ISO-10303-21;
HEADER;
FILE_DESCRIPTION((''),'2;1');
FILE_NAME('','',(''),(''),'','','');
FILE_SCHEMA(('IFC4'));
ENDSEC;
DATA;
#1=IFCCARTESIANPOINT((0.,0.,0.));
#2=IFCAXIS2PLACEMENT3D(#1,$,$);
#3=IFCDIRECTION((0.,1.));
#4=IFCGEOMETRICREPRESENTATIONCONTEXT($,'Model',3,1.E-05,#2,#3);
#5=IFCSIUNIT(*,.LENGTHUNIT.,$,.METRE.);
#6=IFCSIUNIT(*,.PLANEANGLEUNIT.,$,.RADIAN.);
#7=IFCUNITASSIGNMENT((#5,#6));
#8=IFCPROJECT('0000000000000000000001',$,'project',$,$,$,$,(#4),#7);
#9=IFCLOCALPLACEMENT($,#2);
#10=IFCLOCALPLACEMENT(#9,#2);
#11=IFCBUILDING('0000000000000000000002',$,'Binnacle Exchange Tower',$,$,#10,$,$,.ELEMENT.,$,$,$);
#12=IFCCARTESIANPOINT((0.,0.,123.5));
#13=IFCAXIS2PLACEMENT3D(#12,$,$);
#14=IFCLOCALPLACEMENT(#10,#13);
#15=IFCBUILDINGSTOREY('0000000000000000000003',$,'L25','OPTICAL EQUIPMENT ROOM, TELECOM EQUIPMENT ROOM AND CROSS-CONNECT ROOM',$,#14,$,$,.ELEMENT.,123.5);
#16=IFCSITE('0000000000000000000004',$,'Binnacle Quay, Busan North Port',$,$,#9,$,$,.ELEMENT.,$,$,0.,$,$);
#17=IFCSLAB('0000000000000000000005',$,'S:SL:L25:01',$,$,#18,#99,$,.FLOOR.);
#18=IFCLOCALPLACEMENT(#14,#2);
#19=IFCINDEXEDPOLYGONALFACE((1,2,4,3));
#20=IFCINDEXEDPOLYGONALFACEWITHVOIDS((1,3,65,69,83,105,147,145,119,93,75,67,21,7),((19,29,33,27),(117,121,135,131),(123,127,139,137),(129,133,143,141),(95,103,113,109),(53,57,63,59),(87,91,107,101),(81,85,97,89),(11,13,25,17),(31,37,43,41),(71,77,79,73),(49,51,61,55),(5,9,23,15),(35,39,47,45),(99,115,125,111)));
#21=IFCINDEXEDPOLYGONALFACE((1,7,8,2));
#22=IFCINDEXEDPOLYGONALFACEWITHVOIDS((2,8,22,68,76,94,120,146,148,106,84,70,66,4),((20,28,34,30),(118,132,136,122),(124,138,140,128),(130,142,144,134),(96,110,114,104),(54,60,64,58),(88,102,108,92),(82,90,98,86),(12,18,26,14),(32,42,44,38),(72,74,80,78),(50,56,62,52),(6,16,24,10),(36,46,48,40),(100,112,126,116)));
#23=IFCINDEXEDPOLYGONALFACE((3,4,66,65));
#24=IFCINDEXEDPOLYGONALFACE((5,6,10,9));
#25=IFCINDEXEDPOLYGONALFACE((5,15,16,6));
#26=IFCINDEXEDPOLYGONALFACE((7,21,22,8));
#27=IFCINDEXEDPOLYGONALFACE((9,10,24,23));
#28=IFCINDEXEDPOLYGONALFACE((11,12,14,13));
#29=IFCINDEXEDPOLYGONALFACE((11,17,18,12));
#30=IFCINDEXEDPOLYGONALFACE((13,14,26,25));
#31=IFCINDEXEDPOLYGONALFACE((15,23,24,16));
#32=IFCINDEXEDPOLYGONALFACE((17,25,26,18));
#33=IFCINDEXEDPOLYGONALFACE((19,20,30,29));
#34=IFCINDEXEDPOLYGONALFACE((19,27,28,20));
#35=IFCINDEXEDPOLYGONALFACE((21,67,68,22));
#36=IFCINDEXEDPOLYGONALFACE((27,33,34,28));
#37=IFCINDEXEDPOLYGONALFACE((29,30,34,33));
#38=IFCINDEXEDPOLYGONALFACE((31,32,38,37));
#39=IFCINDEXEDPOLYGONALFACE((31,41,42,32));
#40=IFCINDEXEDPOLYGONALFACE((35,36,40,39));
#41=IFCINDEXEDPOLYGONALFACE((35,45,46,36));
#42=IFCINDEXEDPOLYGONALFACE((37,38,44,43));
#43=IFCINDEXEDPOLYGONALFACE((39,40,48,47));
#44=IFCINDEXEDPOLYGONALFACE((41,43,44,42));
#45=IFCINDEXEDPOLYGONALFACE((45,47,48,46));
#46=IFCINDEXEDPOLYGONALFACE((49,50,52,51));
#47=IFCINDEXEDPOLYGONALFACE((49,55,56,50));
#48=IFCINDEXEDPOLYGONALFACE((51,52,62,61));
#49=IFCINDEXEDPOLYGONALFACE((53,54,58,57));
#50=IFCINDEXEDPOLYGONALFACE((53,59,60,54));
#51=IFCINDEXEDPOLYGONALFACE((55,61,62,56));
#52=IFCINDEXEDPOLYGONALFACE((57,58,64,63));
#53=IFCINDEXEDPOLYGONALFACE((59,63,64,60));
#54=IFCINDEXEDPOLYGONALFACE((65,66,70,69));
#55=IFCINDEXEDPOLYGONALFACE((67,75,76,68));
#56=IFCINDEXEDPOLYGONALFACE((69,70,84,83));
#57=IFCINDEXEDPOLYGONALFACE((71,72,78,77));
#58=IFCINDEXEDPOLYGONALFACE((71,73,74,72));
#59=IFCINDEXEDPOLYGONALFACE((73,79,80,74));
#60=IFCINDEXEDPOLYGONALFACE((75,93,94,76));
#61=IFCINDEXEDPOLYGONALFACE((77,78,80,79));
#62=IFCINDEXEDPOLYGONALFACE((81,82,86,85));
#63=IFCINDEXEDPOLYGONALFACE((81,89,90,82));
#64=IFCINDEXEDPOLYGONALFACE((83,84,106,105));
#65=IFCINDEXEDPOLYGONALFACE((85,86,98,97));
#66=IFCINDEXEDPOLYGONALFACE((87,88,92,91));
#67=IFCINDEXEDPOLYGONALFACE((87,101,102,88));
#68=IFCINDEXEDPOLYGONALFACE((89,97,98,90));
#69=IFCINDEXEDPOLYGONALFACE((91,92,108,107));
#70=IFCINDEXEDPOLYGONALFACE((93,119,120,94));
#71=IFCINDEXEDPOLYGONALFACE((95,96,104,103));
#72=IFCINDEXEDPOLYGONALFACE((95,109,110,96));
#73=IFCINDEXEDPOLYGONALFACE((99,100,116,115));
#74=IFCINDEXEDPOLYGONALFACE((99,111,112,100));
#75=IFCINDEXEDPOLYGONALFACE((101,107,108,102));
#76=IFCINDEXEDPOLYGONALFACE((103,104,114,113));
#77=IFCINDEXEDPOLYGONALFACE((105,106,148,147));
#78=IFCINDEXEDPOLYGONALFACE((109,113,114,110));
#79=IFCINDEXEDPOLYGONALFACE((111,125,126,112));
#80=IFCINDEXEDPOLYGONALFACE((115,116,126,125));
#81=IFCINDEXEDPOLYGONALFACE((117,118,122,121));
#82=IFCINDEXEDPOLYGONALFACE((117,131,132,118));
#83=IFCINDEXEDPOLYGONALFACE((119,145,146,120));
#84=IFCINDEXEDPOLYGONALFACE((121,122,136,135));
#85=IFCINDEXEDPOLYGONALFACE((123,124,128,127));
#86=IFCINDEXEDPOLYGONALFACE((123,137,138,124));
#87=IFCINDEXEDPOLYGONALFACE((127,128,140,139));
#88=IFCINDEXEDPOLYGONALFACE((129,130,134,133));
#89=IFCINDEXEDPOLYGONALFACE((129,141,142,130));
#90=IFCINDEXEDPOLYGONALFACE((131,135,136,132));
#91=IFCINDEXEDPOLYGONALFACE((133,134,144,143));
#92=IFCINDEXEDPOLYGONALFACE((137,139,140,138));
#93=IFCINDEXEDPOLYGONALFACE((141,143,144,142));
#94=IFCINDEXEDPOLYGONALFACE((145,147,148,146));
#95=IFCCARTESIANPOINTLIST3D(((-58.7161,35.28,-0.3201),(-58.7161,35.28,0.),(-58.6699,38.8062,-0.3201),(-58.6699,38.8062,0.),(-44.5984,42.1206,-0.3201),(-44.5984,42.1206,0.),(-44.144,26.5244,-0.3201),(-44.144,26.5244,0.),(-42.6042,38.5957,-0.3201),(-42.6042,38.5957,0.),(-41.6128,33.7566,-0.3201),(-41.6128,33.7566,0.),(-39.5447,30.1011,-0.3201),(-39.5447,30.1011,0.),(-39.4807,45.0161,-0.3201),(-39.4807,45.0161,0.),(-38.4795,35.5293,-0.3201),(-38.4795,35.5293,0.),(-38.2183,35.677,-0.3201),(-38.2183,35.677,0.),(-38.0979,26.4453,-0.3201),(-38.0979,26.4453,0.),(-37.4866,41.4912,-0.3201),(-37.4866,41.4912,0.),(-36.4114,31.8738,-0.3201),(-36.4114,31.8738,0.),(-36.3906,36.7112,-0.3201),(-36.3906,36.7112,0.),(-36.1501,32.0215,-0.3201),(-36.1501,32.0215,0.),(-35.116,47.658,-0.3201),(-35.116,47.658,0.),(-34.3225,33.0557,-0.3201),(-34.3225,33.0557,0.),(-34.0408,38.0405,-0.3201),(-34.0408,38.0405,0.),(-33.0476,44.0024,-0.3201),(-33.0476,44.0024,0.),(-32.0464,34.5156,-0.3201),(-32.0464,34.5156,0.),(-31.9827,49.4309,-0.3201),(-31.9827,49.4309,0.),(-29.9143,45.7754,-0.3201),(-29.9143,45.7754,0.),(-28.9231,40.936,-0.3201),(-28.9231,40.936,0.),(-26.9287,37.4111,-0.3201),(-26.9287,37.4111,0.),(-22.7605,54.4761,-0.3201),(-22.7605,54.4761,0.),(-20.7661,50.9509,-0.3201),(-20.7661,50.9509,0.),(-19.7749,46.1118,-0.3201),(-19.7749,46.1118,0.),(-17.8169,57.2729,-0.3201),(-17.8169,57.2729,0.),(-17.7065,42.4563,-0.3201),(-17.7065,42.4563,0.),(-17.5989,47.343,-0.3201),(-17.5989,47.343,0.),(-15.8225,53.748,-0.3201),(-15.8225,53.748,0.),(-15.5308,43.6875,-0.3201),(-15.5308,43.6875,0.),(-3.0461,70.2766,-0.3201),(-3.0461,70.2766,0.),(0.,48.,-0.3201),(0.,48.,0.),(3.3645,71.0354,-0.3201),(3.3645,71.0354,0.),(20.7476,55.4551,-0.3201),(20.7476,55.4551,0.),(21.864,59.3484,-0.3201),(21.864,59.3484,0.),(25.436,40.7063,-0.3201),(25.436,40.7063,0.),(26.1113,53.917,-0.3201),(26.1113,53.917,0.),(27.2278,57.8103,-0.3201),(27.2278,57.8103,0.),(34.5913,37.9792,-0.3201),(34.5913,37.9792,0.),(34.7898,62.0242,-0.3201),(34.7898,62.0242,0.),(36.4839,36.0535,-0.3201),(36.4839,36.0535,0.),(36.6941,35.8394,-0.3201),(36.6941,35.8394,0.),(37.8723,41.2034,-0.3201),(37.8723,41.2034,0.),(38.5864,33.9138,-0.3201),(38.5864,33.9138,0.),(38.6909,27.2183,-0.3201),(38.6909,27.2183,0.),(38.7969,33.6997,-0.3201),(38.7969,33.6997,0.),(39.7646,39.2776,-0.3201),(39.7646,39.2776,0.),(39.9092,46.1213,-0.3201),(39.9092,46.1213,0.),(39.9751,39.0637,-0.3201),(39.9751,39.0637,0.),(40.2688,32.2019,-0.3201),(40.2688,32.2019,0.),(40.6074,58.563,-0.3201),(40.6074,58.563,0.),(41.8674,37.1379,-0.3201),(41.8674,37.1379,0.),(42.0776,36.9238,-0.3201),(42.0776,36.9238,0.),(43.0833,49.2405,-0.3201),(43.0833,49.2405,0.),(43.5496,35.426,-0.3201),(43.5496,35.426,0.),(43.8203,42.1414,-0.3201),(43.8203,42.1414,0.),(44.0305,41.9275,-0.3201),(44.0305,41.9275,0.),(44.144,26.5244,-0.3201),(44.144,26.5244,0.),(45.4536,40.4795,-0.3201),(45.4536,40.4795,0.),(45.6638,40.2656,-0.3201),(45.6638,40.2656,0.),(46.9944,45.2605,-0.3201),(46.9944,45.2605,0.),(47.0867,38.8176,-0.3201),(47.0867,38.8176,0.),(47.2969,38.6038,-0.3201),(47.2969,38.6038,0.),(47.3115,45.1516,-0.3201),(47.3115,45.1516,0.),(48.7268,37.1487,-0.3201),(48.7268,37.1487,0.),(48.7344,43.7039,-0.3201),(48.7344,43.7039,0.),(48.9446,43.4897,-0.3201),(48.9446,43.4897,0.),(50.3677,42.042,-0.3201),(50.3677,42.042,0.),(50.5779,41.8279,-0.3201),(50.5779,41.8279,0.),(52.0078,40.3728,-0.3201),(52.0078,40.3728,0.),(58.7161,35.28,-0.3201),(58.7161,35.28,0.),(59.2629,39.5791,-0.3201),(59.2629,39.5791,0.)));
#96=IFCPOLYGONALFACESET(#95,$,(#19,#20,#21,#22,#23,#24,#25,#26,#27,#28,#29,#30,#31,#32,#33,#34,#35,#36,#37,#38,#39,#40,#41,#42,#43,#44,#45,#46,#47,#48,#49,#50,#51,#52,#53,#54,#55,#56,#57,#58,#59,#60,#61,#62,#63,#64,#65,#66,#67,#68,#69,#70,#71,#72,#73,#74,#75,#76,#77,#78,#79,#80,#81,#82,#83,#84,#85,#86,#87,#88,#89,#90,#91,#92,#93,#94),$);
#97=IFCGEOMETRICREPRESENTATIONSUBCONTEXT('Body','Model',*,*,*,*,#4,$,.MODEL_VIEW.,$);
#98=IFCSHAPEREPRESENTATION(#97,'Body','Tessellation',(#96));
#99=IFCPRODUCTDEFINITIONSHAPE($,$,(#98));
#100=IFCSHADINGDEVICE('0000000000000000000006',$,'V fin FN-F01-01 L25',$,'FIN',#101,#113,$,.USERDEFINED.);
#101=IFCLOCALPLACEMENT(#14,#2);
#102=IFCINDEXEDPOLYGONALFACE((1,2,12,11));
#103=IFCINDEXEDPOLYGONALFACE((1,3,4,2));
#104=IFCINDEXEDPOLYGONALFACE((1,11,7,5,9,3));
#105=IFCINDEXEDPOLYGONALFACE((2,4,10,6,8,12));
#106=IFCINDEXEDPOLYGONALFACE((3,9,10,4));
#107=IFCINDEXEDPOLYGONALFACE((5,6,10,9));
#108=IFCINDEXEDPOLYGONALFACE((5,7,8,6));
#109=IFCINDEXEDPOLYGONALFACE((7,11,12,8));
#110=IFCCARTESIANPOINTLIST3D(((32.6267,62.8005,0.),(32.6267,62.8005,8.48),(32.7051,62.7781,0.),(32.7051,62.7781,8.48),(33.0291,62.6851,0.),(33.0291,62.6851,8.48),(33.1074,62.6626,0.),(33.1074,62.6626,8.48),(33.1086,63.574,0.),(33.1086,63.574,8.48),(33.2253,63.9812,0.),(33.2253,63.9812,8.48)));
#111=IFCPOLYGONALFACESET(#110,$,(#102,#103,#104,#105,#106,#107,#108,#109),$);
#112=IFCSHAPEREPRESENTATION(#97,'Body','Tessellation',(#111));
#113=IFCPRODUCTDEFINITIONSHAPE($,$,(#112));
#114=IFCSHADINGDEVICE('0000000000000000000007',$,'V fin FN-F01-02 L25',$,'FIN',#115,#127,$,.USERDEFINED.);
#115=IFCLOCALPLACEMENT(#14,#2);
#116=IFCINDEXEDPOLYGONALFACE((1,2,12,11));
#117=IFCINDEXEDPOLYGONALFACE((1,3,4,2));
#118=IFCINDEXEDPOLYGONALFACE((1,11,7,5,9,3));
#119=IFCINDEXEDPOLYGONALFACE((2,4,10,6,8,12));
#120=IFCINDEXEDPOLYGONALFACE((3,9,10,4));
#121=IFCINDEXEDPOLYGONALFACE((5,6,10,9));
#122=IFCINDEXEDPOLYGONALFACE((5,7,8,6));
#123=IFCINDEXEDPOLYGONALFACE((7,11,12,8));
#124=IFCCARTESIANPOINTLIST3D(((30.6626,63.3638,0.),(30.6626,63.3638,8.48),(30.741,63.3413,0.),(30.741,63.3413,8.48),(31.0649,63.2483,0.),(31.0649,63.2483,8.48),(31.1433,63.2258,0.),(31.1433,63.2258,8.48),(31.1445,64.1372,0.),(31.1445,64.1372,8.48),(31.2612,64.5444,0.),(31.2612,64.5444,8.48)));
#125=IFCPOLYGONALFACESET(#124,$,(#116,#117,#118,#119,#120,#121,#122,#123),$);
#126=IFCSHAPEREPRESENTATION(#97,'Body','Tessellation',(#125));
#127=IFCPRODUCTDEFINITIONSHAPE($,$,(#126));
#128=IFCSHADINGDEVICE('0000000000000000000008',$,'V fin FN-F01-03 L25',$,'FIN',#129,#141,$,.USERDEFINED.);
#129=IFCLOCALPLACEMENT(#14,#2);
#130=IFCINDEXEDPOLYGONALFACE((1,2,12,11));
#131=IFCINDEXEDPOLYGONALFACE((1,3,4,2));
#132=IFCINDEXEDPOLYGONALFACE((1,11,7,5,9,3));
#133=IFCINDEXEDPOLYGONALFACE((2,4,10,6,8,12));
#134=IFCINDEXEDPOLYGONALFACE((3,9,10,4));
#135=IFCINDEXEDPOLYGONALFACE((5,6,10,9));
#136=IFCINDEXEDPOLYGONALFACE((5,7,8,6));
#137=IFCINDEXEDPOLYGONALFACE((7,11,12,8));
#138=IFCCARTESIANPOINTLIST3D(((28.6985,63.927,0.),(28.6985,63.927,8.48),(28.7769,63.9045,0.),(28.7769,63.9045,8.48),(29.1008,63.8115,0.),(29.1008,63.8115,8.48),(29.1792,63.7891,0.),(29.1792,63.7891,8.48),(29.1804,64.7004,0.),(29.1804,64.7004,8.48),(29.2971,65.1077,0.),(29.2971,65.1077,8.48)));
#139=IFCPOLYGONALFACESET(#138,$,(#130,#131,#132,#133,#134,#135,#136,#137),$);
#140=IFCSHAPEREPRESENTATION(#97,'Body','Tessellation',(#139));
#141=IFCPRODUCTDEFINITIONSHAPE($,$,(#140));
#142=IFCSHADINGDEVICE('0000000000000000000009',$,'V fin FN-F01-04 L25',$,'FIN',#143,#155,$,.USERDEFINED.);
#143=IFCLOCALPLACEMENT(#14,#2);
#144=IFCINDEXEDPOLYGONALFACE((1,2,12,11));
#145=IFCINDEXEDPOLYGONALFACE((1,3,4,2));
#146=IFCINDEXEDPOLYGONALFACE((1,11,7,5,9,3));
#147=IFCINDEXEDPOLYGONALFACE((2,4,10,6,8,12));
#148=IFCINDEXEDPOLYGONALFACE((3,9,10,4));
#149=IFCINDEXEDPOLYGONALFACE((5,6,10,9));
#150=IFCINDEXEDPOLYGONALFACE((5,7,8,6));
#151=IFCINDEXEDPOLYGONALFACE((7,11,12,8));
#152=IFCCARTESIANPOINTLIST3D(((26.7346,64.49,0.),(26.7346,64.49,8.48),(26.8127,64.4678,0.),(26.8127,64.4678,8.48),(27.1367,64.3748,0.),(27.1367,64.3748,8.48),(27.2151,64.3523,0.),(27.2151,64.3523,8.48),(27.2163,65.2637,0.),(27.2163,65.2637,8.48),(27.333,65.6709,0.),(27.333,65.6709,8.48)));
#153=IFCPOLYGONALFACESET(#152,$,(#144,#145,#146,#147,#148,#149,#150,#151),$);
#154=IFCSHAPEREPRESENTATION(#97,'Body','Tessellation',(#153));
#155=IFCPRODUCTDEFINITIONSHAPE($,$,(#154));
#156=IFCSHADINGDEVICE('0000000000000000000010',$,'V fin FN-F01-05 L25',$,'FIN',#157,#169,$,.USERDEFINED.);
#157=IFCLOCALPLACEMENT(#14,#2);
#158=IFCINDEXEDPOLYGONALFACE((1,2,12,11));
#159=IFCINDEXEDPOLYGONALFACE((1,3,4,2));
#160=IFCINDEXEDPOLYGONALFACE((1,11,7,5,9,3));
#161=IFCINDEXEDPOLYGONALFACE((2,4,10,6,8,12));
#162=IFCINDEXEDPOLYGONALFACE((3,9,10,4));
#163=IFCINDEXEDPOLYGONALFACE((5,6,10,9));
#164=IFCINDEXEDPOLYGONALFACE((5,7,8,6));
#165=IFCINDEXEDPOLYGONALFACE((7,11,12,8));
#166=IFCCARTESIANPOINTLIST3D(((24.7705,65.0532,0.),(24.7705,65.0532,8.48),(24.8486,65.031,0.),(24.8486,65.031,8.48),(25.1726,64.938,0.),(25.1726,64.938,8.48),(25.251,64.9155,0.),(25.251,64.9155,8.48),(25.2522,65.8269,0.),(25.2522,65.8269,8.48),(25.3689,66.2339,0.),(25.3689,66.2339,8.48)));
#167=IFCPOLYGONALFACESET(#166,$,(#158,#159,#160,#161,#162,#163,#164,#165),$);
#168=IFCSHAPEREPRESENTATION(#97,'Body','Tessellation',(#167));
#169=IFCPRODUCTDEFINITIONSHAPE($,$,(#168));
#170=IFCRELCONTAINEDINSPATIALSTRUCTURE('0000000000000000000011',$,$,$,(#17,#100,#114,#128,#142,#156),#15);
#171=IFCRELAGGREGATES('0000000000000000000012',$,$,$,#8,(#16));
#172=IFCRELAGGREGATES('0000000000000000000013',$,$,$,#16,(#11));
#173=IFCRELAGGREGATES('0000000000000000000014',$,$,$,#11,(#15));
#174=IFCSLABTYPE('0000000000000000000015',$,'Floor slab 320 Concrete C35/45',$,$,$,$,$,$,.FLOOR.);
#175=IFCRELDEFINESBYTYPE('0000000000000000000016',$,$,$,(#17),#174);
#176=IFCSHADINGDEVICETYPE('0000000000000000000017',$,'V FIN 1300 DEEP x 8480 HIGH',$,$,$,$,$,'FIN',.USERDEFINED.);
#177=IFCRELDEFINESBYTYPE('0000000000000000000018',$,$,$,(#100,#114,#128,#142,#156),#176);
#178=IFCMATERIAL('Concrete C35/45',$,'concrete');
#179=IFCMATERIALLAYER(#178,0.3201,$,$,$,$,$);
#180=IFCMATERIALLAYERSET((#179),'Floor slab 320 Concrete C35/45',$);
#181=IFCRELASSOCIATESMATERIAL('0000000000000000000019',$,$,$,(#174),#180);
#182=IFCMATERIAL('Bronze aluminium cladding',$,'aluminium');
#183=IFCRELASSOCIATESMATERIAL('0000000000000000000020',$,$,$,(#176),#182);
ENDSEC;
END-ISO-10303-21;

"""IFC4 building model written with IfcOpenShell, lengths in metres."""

from ifc_helpers import new_model, si_unit, direction, frame, origin, place, context, subcontext, project, spatial, polyline, outline, extrude, material, layer, layer_set, type_object, element, save


model = new_model("IFC4")

# Units and contexts
model_context = context("Model", 3, precision=1e-05, world=origin(), true_north=direction((0.0, 1.0)))
body_context = subcontext(model_context, "Body", "Model", "MODEL_VIEW")
ifc_project = project(units=[si_unit("LENGTHUNIT", "METRE"), si_unit("PLANEANGLEUNIT", "RADIAN")], contexts=[model_context])

# Site, building, storey
site_placement = place(None, origin())
site = spatial("IfcSite", under=ifc_project, at=site_placement, Name="Binnacle Quay, Busan North Port", CompositionType="ELEMENT", RefElevation=0.0)
building_placement = place(site_placement, origin())
building = spatial("IfcBuilding", under=site, at=building_placement, Name="Binnacle Exchange Tower", CompositionType="ELEMENT")
storey_placement = place(building_placement, frame((0.0, 0.0, 123.5)))
storey = spatial("IfcBuildingStorey", under=building, at=storey_placement, Name="L25", Description="OPTICAL EQUIPMENT ROOM, TELECOM EQUIPMENT ROOM AND CROSS-CONNECT ROOM", CompositionType="ELEMENT", Elevation=123.5)

# Slab
ifc_material_1 = material(Name="Concrete C35/45", Category="concrete")
ifc_layer = layer(ifc_material_1, 0.3201)
ifc_layer_set = layer_set([ifc_layer], Name="Floor slab 320 Concrete C35/45")
slab_type = type_object("IfcSlabType", Name="Floor slab 320 Concrete C35/45", PredefinedType="FLOOR", material=ifc_layer_set)
slab_placement = place(storey_placement, frame((0.0, 0.0, -0.3201)))
element("IfcSlab", 1, at=slab_placement, inside=storey, type_object=slab_type, Name="S:SL:L25:01", PredefinedType="FLOOR", context=body_context, shape_type="SweptSolid", body=[
    extrude(outline(polyline([(59.2629, 39.5791), (58.7161, 35.28), (44.144, 26.5244), (38.6909, 27.2183), (25.436, 40.7063), (0.0, 48.0), (-38.0979, 26.4453), (-44.144, 26.5244), (-58.7161, 35.28), (-58.6699, 38.8062), (-3.0461, 70.2766), (3.3645, 71.0354), (34.7898, 62.0242), (40.6074, 58.563), (59.2629, 39.5791)]), holes=[polyline([(-38.4795, 35.5293), (-41.6128, 33.7566), (-39.5447, 30.1011), (-36.4114, 31.8738), (-38.4795, 35.5293)]), polyline([(-34.3225, 33.0557), (-36.3906, 36.7112), (-38.2183, 35.677), (-36.1501, 32.0215), (-34.3225, 33.0557)]), polyline([(-34.0408, 38.0405), (-32.0464, 34.5156), (-26.9287, 37.4111), (-28.9231, 40.936), (-34.0408, 38.0405)]), polyline([(-37.4866, 41.4912), (-39.4807, 45.0161), (-44.5984, 42.1206), (-42.6042, 38.5957), (-37.4866, 41.4912)]), polyline([(-15.5308, 43.6875), (-17.5989, 47.343), (-19.7749, 46.1118), (-17.7065, 42.4563), (-15.5308, 43.6875)]), polyline([(-29.9143, 45.7754), (-31.9827, 49.4309), (-35.116, 47.658), (-33.0476, 44.0024), (-29.9143, 45.7754)]), polyline([(-15.8225, 53.748), (-17.8169, 57.2729), (-22.7605, 54.4761), (-20.7661, 50.9509), (-15.8225, 53.748)]), polyline([(26.1113, 53.917), (27.2278, 57.8103), (21.864, 59.3484), (20.7476, 55.4551), (26.1113, 53.917)]), polyline([(40.2688, 32.2019), (43.5496, 35.426), (42.0776, 36.9238), (38.7969, 33.6997), (40.2688, 32.2019)]), polyline([(38.5864, 33.9138), (41.8674, 37.1379), (39.9751, 39.0637), (36.6941, 35.8394), (38.5864, 33.9138)]), polyline([(36.4839, 36.0535), (39.7646, 39.2776), (37.8723, 41.2034), (34.5913, 37.9792), (36.4839, 36.0535)]), polyline([(48.7268, 37.1487), (52.0078, 40.3728), (50.5779, 41.8279), (47.2969, 38.6038), (48.7268, 37.1487)]), polyline([(47.0867, 38.8176), (50.3677, 42.042), (48.9446, 43.4897), (45.6638, 40.2656), (47.0867, 38.8176)]), polyline([(45.4536, 40.4795), (48.7344, 43.7039), (47.3115, 45.1516), (44.0305, 41.9275), (45.4536, 40.4795)]), polyline([(43.8203, 42.1414), (46.9944, 45.2605), (43.0833, 49.2405), (39.9092, 46.1213), (43.8203, 42.1414)])]), origin(), (0.0, 0.0, 1.0), 0.3201),
])

# Shading devices
ifc_material_2 = material(Name="Bronze aluminium cladding", Category="aluminium")
shading_device_type = type_object("IfcShadingDeviceType", Name="V FIN 1300 DEEP x 8480 HIGH", ElementType="FIN", PredefinedType="USERDEFINED", material=ifc_material_2)
shading_device_1_placement = place(storey_placement, origin())
element("IfcShadingDevice", 2, at=shading_device_1_placement, inside=storey, type_object=shading_device_type, Name="V fin FN-F01-01 L25", ObjectType="FIN", PredefinedType="USERDEFINED", context=body_context, shape_type="SweptSolid", body=[
    extrude(outline(polyline([(33.1074, 62.6626), (33.2253, 63.9812), (32.6267, 62.8005), (32.7051, 62.7781), (33.1086, 63.574), (33.0291, 62.6851), (33.1074, 62.6626)])), origin(), (0.0, 0.0, 1.0), 8.48),
])
shading_device_2_placement = place(storey_placement, origin())
element("IfcShadingDevice", 3, at=shading_device_2_placement, inside=storey, type_object=shading_device_type, Name="V fin FN-F01-02 L25", ObjectType="FIN", PredefinedType="USERDEFINED", context=body_context, shape_type="SweptSolid", body=[
    extrude(outline(polyline([(31.1433, 63.2258), (31.2612, 64.5444), (30.6626, 63.3638), (30.741, 63.3413), (31.1445, 64.1372), (31.0649, 63.2483), (31.1433, 63.2258)])), origin(), (0.0, 0.0, 1.0), 8.48),
])
shading_device_3_placement = place(storey_placement, origin())
element("IfcShadingDevice", 4, at=shading_device_3_placement, inside=storey, type_object=shading_device_type, Name="V fin FN-F01-03 L25", ObjectType="FIN", PredefinedType="USERDEFINED", context=body_context, shape_type="SweptSolid", body=[
    extrude(outline(polyline([(29.1792, 63.7891), (29.2971, 65.1077), (28.6985, 63.927), (28.7769, 63.9045), (29.1804, 64.7004), (29.1008, 63.8115), (29.1792, 63.7891)])), origin(), (0.0, 0.0, 1.0), 8.48),
])
shading_device_4_placement = place(storey_placement, origin())
element("IfcShadingDevice", 5, at=shading_device_4_placement, inside=storey, type_object=shading_device_type, Name="V fin FN-F01-04 L25", ObjectType="FIN", PredefinedType="USERDEFINED", context=body_context, shape_type="SweptSolid", body=[
    extrude(outline(polyline([(27.2151, 64.3523), (27.333, 65.6709), (26.7346, 64.49), (26.8127, 64.4678), (27.2163, 65.2637), (27.1367, 64.3748), (27.2151, 64.3523)])), origin(), (0.0, 0.0, 1.0), 8.48),
])
shading_device_5_placement = place(storey_placement, origin())
element("IfcShadingDevice", 6, at=shading_device_5_placement, inside=storey, type_object=shading_device_type, Name="V fin FN-F01-05 L25", ObjectType="FIN", PredefinedType="USERDEFINED", context=body_context, shape_type="SweptSolid", body=[
    extrude(outline(polyline([(25.251, 64.9155), (25.3689, 66.2339), (24.7705, 65.0532), (24.8486, 65.031), (25.2522, 65.8269), (25.1726, 64.938), (25.251, 64.9155)])), origin(), (0.0, 0.0, 1.0), 8.48),
])

save(model, "model.ifc")
